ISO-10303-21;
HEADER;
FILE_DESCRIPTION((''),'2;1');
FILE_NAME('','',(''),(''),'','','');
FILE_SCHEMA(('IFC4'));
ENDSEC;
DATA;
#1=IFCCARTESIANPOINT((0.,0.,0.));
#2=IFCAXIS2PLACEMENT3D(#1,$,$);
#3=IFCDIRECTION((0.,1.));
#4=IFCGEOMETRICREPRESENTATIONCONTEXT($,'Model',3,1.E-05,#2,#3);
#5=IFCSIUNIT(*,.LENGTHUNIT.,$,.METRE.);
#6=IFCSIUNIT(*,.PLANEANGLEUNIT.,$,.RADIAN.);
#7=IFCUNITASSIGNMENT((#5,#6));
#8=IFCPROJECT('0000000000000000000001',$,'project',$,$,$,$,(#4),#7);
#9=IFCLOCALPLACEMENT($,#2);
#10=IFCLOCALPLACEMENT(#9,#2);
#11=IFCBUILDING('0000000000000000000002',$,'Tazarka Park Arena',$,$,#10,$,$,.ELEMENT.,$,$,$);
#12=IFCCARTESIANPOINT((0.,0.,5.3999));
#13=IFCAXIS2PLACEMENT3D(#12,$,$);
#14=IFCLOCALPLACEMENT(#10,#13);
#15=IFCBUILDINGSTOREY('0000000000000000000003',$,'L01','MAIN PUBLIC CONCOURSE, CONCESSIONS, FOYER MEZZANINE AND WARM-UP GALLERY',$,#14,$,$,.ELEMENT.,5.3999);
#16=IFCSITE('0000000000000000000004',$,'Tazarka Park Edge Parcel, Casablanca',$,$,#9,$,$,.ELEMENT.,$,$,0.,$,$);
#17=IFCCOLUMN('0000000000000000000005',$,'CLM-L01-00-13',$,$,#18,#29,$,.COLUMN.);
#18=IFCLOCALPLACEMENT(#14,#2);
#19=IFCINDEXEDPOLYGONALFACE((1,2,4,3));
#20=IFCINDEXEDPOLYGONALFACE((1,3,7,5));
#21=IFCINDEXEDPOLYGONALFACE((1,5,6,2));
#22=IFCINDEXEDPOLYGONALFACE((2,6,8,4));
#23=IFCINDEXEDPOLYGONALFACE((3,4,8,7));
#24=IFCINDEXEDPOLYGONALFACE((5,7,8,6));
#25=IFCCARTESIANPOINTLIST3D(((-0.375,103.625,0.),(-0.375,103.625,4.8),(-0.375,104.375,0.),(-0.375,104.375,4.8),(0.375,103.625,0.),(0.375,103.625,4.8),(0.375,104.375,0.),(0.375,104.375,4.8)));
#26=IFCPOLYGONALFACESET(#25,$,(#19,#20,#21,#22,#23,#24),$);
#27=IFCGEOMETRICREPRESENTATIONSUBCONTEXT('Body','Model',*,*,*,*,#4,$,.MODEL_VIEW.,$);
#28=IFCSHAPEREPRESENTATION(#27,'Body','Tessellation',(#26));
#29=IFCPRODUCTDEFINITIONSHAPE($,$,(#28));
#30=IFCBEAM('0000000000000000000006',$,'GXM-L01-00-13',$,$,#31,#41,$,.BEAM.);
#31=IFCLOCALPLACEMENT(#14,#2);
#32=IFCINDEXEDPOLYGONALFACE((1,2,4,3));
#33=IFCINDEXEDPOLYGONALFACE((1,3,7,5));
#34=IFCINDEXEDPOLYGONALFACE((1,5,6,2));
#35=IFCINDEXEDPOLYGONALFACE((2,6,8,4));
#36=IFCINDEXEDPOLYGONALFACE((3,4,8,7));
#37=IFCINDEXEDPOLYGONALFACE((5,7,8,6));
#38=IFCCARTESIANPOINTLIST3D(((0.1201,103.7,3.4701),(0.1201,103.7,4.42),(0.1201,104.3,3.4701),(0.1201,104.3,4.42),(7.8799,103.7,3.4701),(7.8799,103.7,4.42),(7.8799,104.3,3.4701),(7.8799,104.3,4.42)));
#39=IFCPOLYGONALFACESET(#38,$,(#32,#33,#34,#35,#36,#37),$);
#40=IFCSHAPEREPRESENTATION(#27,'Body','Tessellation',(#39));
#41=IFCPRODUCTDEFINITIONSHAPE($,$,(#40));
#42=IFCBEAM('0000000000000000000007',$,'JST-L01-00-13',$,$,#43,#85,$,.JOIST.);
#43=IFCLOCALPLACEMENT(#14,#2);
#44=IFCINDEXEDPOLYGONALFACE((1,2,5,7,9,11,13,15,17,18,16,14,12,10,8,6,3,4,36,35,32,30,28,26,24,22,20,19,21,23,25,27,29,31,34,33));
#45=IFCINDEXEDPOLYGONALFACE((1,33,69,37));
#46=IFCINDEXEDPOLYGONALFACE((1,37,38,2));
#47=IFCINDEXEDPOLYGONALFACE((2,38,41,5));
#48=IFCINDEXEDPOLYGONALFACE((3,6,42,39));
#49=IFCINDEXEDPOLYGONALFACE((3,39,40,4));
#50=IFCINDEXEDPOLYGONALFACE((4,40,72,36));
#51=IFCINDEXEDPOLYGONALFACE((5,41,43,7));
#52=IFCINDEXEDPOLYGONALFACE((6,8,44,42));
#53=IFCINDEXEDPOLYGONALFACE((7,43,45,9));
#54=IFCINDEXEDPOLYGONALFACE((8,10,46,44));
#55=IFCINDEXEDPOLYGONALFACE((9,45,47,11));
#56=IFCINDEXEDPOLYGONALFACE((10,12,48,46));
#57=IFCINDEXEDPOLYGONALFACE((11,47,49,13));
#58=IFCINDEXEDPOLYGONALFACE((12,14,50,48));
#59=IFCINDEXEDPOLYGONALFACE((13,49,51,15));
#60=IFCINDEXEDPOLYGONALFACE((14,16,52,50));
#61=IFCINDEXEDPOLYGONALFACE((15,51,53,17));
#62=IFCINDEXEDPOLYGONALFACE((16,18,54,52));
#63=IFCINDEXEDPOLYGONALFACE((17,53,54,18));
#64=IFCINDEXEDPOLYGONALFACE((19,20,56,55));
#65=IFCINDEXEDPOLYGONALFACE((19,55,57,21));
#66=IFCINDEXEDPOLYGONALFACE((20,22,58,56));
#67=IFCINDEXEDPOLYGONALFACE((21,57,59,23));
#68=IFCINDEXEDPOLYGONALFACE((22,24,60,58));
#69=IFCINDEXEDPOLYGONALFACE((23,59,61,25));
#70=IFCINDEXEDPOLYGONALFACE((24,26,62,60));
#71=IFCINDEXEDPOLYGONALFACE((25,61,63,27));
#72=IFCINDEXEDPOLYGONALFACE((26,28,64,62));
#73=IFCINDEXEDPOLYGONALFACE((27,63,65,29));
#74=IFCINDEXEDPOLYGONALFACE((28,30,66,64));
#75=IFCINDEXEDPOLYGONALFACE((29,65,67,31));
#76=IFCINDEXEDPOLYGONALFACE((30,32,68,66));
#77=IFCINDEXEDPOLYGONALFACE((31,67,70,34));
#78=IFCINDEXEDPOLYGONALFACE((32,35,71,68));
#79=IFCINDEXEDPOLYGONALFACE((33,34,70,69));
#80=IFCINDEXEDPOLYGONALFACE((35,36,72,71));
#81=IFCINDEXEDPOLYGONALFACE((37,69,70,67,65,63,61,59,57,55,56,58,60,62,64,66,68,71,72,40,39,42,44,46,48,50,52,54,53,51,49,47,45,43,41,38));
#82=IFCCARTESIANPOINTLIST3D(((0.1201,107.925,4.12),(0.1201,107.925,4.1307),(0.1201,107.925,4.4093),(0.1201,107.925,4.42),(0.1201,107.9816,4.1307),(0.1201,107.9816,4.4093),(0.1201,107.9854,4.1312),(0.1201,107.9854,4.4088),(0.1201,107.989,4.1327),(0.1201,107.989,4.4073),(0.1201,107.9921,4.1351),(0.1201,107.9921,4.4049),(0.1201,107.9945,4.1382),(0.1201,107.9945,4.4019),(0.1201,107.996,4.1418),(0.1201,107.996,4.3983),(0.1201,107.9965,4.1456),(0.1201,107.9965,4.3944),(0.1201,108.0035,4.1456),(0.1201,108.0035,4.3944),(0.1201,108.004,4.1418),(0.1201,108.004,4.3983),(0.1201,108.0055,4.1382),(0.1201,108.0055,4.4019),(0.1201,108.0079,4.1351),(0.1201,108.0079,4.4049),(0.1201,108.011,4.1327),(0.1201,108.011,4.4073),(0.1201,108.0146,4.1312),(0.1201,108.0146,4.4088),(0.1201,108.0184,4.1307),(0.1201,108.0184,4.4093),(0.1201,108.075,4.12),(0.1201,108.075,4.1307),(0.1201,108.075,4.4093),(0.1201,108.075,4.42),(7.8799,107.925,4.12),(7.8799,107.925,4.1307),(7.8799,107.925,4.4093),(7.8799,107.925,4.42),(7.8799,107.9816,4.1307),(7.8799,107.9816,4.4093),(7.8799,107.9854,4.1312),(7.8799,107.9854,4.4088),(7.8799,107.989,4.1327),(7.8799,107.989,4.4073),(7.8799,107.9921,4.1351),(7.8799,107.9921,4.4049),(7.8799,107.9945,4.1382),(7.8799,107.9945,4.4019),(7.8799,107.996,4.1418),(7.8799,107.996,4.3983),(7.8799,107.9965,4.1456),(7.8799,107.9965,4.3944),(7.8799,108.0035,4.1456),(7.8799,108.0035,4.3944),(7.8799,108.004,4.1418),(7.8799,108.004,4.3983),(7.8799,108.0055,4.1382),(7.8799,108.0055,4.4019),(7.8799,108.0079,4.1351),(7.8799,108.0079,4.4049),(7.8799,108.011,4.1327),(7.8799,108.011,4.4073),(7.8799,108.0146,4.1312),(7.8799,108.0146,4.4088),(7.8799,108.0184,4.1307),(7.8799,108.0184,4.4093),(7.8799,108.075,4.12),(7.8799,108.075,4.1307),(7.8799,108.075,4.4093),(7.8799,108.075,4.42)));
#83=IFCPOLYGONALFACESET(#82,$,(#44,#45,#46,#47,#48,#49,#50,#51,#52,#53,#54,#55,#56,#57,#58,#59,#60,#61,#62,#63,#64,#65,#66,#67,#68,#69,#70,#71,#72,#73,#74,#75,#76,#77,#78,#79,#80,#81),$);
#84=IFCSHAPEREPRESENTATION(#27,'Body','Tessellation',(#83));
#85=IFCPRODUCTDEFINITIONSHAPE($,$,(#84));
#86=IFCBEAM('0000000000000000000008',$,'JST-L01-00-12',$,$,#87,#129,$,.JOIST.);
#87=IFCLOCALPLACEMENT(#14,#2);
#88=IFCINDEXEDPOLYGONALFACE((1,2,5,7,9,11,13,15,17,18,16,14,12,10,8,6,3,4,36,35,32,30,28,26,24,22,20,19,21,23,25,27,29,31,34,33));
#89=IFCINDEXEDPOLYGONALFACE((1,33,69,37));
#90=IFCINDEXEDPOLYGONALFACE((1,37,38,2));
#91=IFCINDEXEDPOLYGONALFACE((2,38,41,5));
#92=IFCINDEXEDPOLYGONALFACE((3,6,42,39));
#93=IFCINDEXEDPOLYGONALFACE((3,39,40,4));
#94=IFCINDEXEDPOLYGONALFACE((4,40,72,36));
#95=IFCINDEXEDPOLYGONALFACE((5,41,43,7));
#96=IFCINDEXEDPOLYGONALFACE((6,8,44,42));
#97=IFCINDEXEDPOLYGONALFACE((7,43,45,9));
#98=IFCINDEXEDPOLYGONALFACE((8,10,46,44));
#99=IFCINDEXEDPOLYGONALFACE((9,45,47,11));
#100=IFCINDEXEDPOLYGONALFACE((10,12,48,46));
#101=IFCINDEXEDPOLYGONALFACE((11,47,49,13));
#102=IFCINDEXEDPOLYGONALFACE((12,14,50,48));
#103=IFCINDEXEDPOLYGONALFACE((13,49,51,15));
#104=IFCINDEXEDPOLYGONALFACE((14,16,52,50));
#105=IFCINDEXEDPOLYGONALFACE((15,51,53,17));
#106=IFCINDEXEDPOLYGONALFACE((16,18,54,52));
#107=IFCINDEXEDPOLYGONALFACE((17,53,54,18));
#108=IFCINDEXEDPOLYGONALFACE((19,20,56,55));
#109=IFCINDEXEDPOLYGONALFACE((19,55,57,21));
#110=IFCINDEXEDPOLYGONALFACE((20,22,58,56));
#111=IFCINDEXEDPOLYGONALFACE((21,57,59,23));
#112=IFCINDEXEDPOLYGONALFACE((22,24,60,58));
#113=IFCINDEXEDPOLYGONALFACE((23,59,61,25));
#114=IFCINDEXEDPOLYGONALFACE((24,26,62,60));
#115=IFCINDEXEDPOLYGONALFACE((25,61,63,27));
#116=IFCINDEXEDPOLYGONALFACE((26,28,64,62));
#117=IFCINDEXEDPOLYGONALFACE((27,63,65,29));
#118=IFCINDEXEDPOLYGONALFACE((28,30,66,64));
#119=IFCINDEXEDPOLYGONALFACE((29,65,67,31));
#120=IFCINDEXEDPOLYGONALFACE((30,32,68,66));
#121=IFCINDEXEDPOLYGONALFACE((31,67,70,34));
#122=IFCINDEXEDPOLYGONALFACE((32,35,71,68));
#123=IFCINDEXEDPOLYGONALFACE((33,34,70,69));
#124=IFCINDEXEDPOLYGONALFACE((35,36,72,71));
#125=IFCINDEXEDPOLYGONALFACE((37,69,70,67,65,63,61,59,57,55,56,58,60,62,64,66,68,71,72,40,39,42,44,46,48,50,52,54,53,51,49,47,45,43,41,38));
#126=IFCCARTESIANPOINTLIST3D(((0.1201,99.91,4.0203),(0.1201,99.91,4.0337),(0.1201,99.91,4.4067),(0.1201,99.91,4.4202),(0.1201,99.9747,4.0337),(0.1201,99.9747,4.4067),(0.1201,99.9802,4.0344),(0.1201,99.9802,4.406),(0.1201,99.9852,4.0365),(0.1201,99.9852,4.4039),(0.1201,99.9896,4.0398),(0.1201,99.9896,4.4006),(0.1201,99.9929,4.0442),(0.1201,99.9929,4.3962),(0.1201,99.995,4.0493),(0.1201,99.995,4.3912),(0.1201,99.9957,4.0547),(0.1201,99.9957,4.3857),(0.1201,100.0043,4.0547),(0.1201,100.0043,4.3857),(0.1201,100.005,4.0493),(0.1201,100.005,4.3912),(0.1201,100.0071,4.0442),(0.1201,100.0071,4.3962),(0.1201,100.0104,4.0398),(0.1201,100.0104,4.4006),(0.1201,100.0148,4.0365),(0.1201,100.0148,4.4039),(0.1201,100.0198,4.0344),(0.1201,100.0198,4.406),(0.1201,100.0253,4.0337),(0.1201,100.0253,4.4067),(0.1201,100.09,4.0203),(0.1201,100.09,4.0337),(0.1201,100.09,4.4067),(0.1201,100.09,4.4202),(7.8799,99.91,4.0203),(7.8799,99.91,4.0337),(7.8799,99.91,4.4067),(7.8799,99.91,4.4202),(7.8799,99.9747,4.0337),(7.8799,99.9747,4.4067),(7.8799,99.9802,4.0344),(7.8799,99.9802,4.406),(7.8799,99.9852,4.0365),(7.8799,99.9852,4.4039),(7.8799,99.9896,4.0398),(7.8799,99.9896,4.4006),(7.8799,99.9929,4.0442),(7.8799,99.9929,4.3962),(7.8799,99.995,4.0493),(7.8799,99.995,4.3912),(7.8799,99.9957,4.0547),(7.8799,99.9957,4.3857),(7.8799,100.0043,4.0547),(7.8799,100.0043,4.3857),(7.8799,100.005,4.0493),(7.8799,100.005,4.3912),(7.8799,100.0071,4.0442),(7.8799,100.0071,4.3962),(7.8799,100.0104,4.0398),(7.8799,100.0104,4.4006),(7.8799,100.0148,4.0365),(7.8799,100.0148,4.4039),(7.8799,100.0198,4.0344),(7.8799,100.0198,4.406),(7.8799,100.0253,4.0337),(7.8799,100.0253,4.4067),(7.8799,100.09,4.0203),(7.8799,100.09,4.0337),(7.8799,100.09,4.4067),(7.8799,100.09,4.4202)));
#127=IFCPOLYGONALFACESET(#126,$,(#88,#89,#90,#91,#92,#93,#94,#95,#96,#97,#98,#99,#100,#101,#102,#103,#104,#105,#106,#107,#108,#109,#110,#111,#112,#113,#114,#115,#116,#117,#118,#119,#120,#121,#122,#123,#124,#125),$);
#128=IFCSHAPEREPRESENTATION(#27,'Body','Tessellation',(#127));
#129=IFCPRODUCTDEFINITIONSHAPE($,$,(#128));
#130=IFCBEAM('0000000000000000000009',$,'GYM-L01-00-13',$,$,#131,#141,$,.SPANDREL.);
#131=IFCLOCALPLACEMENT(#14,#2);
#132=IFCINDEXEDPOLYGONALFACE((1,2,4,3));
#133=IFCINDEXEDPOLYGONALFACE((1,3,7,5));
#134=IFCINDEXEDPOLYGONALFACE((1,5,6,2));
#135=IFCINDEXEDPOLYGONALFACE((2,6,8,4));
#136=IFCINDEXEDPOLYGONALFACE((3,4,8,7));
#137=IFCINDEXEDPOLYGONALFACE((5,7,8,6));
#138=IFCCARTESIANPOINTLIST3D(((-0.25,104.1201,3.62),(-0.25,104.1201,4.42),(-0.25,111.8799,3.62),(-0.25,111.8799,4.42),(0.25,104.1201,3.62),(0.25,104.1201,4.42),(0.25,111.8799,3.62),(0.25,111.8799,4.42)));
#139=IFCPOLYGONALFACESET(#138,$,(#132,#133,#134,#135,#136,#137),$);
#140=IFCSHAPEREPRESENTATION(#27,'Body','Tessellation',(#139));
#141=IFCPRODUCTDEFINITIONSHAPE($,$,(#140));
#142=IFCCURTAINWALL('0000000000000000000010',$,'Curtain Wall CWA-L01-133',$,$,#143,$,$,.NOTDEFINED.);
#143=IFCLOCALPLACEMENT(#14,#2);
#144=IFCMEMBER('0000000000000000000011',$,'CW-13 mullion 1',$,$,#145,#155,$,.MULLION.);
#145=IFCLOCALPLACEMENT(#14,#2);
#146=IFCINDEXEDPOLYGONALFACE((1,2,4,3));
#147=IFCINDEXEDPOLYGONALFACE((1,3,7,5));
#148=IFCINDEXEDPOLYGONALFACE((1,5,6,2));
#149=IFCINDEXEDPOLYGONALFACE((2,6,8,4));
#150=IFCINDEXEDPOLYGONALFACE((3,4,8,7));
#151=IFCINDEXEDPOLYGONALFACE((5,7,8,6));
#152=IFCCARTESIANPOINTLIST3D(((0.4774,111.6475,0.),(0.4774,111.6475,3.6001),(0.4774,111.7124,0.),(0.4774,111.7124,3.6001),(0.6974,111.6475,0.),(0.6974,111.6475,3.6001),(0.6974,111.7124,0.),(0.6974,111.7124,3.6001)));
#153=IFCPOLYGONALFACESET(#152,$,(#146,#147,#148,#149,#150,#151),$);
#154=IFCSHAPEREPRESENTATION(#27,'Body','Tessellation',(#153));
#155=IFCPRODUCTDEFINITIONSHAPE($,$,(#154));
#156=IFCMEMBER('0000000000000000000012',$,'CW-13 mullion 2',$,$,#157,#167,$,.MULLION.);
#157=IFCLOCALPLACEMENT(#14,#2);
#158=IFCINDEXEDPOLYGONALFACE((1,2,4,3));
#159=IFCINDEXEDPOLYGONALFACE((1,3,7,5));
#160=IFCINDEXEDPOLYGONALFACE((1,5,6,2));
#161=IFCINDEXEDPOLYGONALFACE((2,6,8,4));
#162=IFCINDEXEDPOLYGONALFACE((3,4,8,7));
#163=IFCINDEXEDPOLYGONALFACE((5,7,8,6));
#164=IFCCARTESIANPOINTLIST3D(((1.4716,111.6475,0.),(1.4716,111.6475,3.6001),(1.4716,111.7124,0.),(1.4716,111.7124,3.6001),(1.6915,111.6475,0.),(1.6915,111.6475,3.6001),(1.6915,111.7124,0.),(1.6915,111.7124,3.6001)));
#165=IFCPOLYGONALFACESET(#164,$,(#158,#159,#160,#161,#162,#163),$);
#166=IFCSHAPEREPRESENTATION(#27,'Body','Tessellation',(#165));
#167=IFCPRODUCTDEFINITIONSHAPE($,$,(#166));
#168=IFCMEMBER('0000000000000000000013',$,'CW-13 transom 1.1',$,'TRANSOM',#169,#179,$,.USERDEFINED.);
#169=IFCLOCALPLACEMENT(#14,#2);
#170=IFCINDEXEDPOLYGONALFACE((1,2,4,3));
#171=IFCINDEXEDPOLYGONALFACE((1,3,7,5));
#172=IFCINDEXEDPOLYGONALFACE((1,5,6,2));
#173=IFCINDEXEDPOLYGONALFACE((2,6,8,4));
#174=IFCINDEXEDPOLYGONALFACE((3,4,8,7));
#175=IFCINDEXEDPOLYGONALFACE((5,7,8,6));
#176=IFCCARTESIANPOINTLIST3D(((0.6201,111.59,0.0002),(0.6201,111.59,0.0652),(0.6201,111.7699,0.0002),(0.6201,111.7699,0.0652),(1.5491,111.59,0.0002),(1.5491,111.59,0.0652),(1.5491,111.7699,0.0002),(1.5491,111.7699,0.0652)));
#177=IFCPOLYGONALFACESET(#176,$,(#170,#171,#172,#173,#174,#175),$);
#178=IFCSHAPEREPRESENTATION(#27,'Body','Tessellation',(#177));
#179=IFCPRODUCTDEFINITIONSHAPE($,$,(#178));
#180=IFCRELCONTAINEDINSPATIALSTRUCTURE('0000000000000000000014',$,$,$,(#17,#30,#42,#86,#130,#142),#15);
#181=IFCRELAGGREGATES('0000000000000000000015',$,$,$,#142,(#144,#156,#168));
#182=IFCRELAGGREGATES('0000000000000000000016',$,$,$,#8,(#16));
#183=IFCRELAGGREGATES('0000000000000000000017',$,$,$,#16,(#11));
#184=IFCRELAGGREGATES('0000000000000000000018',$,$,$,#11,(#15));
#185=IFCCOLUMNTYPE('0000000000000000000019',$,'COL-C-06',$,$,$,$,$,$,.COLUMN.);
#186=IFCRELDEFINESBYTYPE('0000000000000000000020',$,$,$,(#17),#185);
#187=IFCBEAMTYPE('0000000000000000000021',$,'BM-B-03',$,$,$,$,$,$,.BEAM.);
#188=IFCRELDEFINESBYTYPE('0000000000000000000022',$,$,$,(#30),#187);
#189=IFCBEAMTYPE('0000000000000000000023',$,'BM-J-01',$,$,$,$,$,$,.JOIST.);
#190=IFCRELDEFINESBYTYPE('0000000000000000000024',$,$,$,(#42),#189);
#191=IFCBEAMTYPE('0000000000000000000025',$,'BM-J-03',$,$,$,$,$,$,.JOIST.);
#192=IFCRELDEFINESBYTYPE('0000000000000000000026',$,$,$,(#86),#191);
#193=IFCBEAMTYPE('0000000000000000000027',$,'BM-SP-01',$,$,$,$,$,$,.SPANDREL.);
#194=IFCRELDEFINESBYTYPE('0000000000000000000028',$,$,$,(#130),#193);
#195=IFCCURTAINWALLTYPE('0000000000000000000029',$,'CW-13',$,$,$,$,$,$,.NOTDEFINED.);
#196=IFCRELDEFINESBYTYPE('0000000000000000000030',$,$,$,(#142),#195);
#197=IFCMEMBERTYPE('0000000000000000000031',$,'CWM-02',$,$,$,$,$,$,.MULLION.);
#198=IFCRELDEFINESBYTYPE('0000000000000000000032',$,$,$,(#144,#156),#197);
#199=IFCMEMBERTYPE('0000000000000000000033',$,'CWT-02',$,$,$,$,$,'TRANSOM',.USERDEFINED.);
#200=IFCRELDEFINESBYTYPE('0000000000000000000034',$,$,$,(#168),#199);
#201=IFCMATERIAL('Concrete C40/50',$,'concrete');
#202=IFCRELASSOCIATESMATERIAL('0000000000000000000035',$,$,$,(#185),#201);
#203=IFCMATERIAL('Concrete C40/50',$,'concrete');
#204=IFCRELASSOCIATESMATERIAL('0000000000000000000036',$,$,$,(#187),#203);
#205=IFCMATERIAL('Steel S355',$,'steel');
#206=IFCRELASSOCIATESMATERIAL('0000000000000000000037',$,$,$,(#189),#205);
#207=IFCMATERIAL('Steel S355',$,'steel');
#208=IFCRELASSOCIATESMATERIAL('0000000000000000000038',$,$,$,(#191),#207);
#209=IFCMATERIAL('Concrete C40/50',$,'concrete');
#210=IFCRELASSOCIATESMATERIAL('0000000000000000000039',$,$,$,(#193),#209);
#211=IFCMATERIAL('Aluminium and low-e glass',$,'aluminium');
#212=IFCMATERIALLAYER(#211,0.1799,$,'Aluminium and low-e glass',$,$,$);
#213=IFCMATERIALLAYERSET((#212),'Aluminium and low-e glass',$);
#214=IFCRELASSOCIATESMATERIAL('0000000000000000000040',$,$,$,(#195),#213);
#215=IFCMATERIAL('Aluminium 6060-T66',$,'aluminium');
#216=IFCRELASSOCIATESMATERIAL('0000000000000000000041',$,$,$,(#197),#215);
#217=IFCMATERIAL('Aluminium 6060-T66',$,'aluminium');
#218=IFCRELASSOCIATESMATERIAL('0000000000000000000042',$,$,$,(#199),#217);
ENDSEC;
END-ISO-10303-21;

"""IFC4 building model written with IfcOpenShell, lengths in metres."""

from ifc_helpers import new_model, si_unit, direction, frame, origin, origin_2d, place, context, subcontext, project, spatial, rectangle, i_section, extrude, material, layer, layer_set, material_profile, profile_set, type_object, element, aggregate, save


model = new_model("IFC4")

# Units and contexts
model_context = context("Model", 3, precision=1e-05, world=origin(), true_north=direction((0.0, 1.0)))
body_context = subcontext(model_context, "Body", "Model", "MODEL_VIEW")
ifc_project = project(units=[si_unit("LENGTHUNIT", "METRE"), si_unit("PLANEANGLEUNIT", "RADIAN")], contexts=[model_context])

# Site, building, storey
site_placement = place(None, origin())
site = spatial("IfcSite", under=ifc_project, at=site_placement, Name="Tazarka Park Edge Parcel, Casablanca", CompositionType="ELEMENT", RefElevation=0.0)
building_placement = place(site_placement, origin())
building = spatial("IfcBuilding", under=site, at=building_placement, Name="Tazarka Park Arena", CompositionType="ELEMENT")
storey_placement = place(building_placement, frame((0.0, 0.0, 5.3999)))
storey = spatial("IfcBuildingStorey", under=building, at=storey_placement, Name="L01", Description="MAIN PUBLIC CONCOURSE, CONCESSIONS, FOYER MEZZANINE AND WARM-UP GALLERY", CompositionType="ELEMENT", Elevation=5.3999)

# Column
ifc_material_1 = material(Name="Concrete C40/50", Category="concrete")
ifc_material_profile_1 = material_profile(ifc_material_1, rectangle(XDim=0.75, YDim=0.75, at=origin_2d()), Name="Concrete C40/50")
ifc_profile_set_1 = profile_set([ifc_material_profile_1], Name="Concrete C40/50")
column_type = type_object("IfcColumnType", Name="COL-C-06", PredefinedType="COLUMN", material=ifc_profile_set_1)
column_placement = place(storey_placement, frame((0.0, 104.0, 0.0), z_axis=(0.0, 0.0, 1.0), x_axis=(1.0, 0.0, 0.0)))
element("IfcColumn", 1, at=column_placement, inside=storey, type_object=column_type, Name="CLM-L01-00-13", PredefinedType="COLUMN", context=body_context, shape_type="SweptSolid", body=[
    extrude(rectangle(XDim=0.75, YDim=0.75, at=origin_2d()), origin(), (0.0, 0.0, 1.0), 4.8),
])

# Beams
ifc_material_2 = material(Name="Concrete C40/50", Category="concrete")
ifc_material_profile_2 = material_profile(ifc_material_2, rectangle(XDim=0.6001, YDim=0.95, at=origin_2d()), Name="Concrete C40/50")
ifc_profile_set_2 = profile_set([ifc_material_profile_2], Name="Concrete C40/50")
beam_type_1 = type_object("IfcBeamType", Name="BM-B-03", PredefinedType="BEAM", material=ifc_profile_set_2)
beam_1_placement = place(storey_placement, frame((0.1201, 104.0, 3.9451), z_axis=(1.0, 0.0, 0.0), x_axis=(0.0, 1.0, 0.0)))
element("IfcBeam", 2, at=beam_1_placement, inside=storey, type_object=beam_type_1, Name="GXM-L01-00-13", PredefinedType="BEAM", context=body_context, shape_type="SweptSolid", body=[
    extrude(rectangle(XDim=0.6001, YDim=0.95, at=origin_2d()), origin(), (0.0, 0.0, 1.0), 7.7598),
])
ifc_material_3 = material(Name="Steel S355", Category="steel")
ifc_material_profile_3 = material_profile(ifc_material_3, i_section(OverallWidth=0.1499, OverallDepth=0.3, WebThickness=0.0071, FlangeThickness=0.0107, FilletRadius=0.0149, at=origin_2d()), Name="Steel S355")
ifc_profile_set_3 = profile_set([ifc_material_profile_3], Name="Steel S355")
beam_type_2 = type_object("IfcBeamType", Name="BM-J-01", PredefinedType="JOIST", material=ifc_profile_set_3)
beam_2_placement = place(storey_placement, frame((0.1201, 108.0, 4.27), z_axis=(1.0, 0.0, 0.0), x_axis=(0.0, 1.0, 0.0)))
element("IfcBeam", 3, at=beam_2_placement, inside=storey, type_object=beam_type_2, Name="JST-L01-00-13", PredefinedType="JOIST", context=body_context, shape_type="SweptSolid", body=[
    extrude(i_section(OverallWidth=0.1499, OverallDepth=0.3, WebThickness=0.0071, FlangeThickness=0.0107, FilletRadius=0.0149, at=origin_2d()), origin(), (0.0, 0.0, 1.0), 7.7598),
])
ifc_material_4 = material(Name="Steel S355", Category="steel")
ifc_material_profile_4 = material_profile(ifc_material_4, i_section(OverallWidth=0.1799, OverallDepth=0.3999, WebThickness=0.0085, FlangeThickness=0.0134, FilletRadius=0.021, at=origin_2d()), Name="Steel S355")
ifc_profile_set_4 = profile_set([ifc_material_profile_4], Name="Steel S355")
beam_type_3 = type_object("IfcBeamType", Name="BM-J-03", PredefinedType="JOIST", material=ifc_profile_set_4)
beam_3_placement = place(storey_placement, frame((0.1201, 100.0, 4.2202), z_axis=(1.0, 0.0, 0.0), x_axis=(0.0, 1.0, 0.0)))
element("IfcBeam", 4, at=beam_3_placement, inside=storey, type_object=beam_type_3, Name="JST-L01-00-12", PredefinedType="JOIST", context=body_context, shape_type="SweptSolid", body=[
    extrude(i_section(OverallWidth=0.1799, OverallDepth=0.3999, WebThickness=0.0085, FlangeThickness=0.0134, FilletRadius=0.021, at=origin_2d()), origin(), (0.0, 0.0, 1.0), 7.7598),
])
ifc_material_5 = material(Name="Concrete C40/50", Category="concrete")
ifc_material_profile_5 = material_profile(ifc_material_5, rectangle(XDim=0.5, YDim=0.8, at=origin_2d()), Name="Concrete C40/50")
ifc_profile_set_5 = profile_set([ifc_material_profile_5], Name="Concrete C40/50")
beam_type_4 = type_object("IfcBeamType", Name="BM-SP-01", PredefinedType="SPANDREL", material=ifc_profile_set_5)
beam_4_placement = place(storey_placement, frame((0.0, 104.1201, 4.02), z_axis=(0.0, 1.0, 0.0), x_axis=(-1.0, 0.0, 0.0)))
element("IfcBeam", 5, at=beam_4_placement, inside=storey, type_object=beam_type_4, Name="GYM-L01-00-13", PredefinedType="SPANDREL", context=body_context, shape_type="SweptSolid", body=[
    extrude(rectangle(XDim=0.5, YDim=0.8, at=origin_2d()), origin(), (0.0, 0.0, 1.0), 7.7598),
])

# Curtain wall, members
ifc_material_6 = material(Name="Aluminium and low-e glass", Category="aluminium")
ifc_layer_1 = layer(ifc_material_6, 0.1799, Name="Aluminium and low-e glass")
ifc_layer_set_1 = layer_set([ifc_layer_1], Name="Aluminium and low-e glass")
curtain_wall_type = type_object("IfcCurtainWallType", Name="CW-13", PredefinedType="NOTDEFINED", material=ifc_layer_set_1)
curtain_wall_placement = place(storey_placement, origin())
curtain_wall = element("IfcCurtainWall", 6, at=curtain_wall_placement, inside=storey, type_object=curtain_wall_type, Name="Curtain Wall CWA-L01-133", PredefinedType="NOTDEFINED")
ifc_material_7 = material(Name="Aluminium 6060-T66", Category="aluminium")
ifc_material_profile_6 = material_profile(ifc_material_7, rectangle(XDim=0.0649, YDim=0.22, at=origin_2d()), Name="Aluminium 6060-T66")
ifc_profile_set_6 = profile_set([ifc_material_profile_6], Name="Aluminium 6060-T66")
member_type_1 = type_object("IfcMemberType", Name="CWM-02", PredefinedType="MULLION", material=ifc_profile_set_6)
member_1_placement = place(storey_placement, frame((0.5874, 111.6799, 0.0), z_axis=(0.0, 0.0, 1.0), x_axis=(0.0, 1.0, 0.0)))
member_1 = element("IfcMember", 7, at=member_1_placement, type_object=member_type_1, Name="CW-13 mullion 1", PredefinedType="MULLION", context=body_context, shape_type="SweptSolid", body=[
    extrude(rectangle(XDim=0.0649, YDim=0.22, at=origin_2d()), origin(), (0.0, 0.0, 1.0), 3.6001),
])
member_2_placement = place(storey_placement, frame((1.5815, 111.6799, 0.0), z_axis=(0.0, 0.0, 1.0), x_axis=(0.0, 1.0, 0.0)))
member_2 = element("IfcMember", 8, at=member_2_placement, type_object=member_type_1, Name="CW-13 mullion 2", PredefinedType="MULLION", context=body_context, shape_type="SweptSolid", body=[
    extrude(rectangle(XDim=0.0649, YDim=0.22, at=origin_2d()), origin(), (0.0, 0.0, 1.0), 3.6001),
])
ifc_material_8 = material(Name="Aluminium 6060-T66", Category="aluminium")
ifc_material_profile_7 = material_profile(ifc_material_8, rectangle(XDim=0.1799, YDim=0.0649, at=origin_2d()), Name="Aluminium 6060-T66")
ifc_profile_set_7 = profile_set([ifc_material_profile_7], Name="Aluminium 6060-T66")
member_type_2 = type_object("IfcMemberType", Name="CWT-02", ElementType="TRANSOM", PredefinedType="USERDEFINED", material=ifc_profile_set_7)
member_3_placement = place(storey_placement, frame((0.6201, 111.6799, 0.0327), z_axis=(1.0, 0.0, 0.0), x_axis=(0.0, 1.0, 0.0)))
member_3 = element("IfcMember", 9, at=member_3_placement, type_object=member_type_2, Name="CW-13 transom 1.1", ObjectType="TRANSOM", PredefinedType="USERDEFINED", context=body_context, shape_type="SweptSolid", body=[
    extrude(rectangle(XDim=0.1799, YDim=0.0649, at=origin_2d()), origin(), (0.0, 0.0, 1.0), 0.929),
])
aggregate(curtain_wall, [member_1, member_2, member_3])

save(model, "model.ifc")
